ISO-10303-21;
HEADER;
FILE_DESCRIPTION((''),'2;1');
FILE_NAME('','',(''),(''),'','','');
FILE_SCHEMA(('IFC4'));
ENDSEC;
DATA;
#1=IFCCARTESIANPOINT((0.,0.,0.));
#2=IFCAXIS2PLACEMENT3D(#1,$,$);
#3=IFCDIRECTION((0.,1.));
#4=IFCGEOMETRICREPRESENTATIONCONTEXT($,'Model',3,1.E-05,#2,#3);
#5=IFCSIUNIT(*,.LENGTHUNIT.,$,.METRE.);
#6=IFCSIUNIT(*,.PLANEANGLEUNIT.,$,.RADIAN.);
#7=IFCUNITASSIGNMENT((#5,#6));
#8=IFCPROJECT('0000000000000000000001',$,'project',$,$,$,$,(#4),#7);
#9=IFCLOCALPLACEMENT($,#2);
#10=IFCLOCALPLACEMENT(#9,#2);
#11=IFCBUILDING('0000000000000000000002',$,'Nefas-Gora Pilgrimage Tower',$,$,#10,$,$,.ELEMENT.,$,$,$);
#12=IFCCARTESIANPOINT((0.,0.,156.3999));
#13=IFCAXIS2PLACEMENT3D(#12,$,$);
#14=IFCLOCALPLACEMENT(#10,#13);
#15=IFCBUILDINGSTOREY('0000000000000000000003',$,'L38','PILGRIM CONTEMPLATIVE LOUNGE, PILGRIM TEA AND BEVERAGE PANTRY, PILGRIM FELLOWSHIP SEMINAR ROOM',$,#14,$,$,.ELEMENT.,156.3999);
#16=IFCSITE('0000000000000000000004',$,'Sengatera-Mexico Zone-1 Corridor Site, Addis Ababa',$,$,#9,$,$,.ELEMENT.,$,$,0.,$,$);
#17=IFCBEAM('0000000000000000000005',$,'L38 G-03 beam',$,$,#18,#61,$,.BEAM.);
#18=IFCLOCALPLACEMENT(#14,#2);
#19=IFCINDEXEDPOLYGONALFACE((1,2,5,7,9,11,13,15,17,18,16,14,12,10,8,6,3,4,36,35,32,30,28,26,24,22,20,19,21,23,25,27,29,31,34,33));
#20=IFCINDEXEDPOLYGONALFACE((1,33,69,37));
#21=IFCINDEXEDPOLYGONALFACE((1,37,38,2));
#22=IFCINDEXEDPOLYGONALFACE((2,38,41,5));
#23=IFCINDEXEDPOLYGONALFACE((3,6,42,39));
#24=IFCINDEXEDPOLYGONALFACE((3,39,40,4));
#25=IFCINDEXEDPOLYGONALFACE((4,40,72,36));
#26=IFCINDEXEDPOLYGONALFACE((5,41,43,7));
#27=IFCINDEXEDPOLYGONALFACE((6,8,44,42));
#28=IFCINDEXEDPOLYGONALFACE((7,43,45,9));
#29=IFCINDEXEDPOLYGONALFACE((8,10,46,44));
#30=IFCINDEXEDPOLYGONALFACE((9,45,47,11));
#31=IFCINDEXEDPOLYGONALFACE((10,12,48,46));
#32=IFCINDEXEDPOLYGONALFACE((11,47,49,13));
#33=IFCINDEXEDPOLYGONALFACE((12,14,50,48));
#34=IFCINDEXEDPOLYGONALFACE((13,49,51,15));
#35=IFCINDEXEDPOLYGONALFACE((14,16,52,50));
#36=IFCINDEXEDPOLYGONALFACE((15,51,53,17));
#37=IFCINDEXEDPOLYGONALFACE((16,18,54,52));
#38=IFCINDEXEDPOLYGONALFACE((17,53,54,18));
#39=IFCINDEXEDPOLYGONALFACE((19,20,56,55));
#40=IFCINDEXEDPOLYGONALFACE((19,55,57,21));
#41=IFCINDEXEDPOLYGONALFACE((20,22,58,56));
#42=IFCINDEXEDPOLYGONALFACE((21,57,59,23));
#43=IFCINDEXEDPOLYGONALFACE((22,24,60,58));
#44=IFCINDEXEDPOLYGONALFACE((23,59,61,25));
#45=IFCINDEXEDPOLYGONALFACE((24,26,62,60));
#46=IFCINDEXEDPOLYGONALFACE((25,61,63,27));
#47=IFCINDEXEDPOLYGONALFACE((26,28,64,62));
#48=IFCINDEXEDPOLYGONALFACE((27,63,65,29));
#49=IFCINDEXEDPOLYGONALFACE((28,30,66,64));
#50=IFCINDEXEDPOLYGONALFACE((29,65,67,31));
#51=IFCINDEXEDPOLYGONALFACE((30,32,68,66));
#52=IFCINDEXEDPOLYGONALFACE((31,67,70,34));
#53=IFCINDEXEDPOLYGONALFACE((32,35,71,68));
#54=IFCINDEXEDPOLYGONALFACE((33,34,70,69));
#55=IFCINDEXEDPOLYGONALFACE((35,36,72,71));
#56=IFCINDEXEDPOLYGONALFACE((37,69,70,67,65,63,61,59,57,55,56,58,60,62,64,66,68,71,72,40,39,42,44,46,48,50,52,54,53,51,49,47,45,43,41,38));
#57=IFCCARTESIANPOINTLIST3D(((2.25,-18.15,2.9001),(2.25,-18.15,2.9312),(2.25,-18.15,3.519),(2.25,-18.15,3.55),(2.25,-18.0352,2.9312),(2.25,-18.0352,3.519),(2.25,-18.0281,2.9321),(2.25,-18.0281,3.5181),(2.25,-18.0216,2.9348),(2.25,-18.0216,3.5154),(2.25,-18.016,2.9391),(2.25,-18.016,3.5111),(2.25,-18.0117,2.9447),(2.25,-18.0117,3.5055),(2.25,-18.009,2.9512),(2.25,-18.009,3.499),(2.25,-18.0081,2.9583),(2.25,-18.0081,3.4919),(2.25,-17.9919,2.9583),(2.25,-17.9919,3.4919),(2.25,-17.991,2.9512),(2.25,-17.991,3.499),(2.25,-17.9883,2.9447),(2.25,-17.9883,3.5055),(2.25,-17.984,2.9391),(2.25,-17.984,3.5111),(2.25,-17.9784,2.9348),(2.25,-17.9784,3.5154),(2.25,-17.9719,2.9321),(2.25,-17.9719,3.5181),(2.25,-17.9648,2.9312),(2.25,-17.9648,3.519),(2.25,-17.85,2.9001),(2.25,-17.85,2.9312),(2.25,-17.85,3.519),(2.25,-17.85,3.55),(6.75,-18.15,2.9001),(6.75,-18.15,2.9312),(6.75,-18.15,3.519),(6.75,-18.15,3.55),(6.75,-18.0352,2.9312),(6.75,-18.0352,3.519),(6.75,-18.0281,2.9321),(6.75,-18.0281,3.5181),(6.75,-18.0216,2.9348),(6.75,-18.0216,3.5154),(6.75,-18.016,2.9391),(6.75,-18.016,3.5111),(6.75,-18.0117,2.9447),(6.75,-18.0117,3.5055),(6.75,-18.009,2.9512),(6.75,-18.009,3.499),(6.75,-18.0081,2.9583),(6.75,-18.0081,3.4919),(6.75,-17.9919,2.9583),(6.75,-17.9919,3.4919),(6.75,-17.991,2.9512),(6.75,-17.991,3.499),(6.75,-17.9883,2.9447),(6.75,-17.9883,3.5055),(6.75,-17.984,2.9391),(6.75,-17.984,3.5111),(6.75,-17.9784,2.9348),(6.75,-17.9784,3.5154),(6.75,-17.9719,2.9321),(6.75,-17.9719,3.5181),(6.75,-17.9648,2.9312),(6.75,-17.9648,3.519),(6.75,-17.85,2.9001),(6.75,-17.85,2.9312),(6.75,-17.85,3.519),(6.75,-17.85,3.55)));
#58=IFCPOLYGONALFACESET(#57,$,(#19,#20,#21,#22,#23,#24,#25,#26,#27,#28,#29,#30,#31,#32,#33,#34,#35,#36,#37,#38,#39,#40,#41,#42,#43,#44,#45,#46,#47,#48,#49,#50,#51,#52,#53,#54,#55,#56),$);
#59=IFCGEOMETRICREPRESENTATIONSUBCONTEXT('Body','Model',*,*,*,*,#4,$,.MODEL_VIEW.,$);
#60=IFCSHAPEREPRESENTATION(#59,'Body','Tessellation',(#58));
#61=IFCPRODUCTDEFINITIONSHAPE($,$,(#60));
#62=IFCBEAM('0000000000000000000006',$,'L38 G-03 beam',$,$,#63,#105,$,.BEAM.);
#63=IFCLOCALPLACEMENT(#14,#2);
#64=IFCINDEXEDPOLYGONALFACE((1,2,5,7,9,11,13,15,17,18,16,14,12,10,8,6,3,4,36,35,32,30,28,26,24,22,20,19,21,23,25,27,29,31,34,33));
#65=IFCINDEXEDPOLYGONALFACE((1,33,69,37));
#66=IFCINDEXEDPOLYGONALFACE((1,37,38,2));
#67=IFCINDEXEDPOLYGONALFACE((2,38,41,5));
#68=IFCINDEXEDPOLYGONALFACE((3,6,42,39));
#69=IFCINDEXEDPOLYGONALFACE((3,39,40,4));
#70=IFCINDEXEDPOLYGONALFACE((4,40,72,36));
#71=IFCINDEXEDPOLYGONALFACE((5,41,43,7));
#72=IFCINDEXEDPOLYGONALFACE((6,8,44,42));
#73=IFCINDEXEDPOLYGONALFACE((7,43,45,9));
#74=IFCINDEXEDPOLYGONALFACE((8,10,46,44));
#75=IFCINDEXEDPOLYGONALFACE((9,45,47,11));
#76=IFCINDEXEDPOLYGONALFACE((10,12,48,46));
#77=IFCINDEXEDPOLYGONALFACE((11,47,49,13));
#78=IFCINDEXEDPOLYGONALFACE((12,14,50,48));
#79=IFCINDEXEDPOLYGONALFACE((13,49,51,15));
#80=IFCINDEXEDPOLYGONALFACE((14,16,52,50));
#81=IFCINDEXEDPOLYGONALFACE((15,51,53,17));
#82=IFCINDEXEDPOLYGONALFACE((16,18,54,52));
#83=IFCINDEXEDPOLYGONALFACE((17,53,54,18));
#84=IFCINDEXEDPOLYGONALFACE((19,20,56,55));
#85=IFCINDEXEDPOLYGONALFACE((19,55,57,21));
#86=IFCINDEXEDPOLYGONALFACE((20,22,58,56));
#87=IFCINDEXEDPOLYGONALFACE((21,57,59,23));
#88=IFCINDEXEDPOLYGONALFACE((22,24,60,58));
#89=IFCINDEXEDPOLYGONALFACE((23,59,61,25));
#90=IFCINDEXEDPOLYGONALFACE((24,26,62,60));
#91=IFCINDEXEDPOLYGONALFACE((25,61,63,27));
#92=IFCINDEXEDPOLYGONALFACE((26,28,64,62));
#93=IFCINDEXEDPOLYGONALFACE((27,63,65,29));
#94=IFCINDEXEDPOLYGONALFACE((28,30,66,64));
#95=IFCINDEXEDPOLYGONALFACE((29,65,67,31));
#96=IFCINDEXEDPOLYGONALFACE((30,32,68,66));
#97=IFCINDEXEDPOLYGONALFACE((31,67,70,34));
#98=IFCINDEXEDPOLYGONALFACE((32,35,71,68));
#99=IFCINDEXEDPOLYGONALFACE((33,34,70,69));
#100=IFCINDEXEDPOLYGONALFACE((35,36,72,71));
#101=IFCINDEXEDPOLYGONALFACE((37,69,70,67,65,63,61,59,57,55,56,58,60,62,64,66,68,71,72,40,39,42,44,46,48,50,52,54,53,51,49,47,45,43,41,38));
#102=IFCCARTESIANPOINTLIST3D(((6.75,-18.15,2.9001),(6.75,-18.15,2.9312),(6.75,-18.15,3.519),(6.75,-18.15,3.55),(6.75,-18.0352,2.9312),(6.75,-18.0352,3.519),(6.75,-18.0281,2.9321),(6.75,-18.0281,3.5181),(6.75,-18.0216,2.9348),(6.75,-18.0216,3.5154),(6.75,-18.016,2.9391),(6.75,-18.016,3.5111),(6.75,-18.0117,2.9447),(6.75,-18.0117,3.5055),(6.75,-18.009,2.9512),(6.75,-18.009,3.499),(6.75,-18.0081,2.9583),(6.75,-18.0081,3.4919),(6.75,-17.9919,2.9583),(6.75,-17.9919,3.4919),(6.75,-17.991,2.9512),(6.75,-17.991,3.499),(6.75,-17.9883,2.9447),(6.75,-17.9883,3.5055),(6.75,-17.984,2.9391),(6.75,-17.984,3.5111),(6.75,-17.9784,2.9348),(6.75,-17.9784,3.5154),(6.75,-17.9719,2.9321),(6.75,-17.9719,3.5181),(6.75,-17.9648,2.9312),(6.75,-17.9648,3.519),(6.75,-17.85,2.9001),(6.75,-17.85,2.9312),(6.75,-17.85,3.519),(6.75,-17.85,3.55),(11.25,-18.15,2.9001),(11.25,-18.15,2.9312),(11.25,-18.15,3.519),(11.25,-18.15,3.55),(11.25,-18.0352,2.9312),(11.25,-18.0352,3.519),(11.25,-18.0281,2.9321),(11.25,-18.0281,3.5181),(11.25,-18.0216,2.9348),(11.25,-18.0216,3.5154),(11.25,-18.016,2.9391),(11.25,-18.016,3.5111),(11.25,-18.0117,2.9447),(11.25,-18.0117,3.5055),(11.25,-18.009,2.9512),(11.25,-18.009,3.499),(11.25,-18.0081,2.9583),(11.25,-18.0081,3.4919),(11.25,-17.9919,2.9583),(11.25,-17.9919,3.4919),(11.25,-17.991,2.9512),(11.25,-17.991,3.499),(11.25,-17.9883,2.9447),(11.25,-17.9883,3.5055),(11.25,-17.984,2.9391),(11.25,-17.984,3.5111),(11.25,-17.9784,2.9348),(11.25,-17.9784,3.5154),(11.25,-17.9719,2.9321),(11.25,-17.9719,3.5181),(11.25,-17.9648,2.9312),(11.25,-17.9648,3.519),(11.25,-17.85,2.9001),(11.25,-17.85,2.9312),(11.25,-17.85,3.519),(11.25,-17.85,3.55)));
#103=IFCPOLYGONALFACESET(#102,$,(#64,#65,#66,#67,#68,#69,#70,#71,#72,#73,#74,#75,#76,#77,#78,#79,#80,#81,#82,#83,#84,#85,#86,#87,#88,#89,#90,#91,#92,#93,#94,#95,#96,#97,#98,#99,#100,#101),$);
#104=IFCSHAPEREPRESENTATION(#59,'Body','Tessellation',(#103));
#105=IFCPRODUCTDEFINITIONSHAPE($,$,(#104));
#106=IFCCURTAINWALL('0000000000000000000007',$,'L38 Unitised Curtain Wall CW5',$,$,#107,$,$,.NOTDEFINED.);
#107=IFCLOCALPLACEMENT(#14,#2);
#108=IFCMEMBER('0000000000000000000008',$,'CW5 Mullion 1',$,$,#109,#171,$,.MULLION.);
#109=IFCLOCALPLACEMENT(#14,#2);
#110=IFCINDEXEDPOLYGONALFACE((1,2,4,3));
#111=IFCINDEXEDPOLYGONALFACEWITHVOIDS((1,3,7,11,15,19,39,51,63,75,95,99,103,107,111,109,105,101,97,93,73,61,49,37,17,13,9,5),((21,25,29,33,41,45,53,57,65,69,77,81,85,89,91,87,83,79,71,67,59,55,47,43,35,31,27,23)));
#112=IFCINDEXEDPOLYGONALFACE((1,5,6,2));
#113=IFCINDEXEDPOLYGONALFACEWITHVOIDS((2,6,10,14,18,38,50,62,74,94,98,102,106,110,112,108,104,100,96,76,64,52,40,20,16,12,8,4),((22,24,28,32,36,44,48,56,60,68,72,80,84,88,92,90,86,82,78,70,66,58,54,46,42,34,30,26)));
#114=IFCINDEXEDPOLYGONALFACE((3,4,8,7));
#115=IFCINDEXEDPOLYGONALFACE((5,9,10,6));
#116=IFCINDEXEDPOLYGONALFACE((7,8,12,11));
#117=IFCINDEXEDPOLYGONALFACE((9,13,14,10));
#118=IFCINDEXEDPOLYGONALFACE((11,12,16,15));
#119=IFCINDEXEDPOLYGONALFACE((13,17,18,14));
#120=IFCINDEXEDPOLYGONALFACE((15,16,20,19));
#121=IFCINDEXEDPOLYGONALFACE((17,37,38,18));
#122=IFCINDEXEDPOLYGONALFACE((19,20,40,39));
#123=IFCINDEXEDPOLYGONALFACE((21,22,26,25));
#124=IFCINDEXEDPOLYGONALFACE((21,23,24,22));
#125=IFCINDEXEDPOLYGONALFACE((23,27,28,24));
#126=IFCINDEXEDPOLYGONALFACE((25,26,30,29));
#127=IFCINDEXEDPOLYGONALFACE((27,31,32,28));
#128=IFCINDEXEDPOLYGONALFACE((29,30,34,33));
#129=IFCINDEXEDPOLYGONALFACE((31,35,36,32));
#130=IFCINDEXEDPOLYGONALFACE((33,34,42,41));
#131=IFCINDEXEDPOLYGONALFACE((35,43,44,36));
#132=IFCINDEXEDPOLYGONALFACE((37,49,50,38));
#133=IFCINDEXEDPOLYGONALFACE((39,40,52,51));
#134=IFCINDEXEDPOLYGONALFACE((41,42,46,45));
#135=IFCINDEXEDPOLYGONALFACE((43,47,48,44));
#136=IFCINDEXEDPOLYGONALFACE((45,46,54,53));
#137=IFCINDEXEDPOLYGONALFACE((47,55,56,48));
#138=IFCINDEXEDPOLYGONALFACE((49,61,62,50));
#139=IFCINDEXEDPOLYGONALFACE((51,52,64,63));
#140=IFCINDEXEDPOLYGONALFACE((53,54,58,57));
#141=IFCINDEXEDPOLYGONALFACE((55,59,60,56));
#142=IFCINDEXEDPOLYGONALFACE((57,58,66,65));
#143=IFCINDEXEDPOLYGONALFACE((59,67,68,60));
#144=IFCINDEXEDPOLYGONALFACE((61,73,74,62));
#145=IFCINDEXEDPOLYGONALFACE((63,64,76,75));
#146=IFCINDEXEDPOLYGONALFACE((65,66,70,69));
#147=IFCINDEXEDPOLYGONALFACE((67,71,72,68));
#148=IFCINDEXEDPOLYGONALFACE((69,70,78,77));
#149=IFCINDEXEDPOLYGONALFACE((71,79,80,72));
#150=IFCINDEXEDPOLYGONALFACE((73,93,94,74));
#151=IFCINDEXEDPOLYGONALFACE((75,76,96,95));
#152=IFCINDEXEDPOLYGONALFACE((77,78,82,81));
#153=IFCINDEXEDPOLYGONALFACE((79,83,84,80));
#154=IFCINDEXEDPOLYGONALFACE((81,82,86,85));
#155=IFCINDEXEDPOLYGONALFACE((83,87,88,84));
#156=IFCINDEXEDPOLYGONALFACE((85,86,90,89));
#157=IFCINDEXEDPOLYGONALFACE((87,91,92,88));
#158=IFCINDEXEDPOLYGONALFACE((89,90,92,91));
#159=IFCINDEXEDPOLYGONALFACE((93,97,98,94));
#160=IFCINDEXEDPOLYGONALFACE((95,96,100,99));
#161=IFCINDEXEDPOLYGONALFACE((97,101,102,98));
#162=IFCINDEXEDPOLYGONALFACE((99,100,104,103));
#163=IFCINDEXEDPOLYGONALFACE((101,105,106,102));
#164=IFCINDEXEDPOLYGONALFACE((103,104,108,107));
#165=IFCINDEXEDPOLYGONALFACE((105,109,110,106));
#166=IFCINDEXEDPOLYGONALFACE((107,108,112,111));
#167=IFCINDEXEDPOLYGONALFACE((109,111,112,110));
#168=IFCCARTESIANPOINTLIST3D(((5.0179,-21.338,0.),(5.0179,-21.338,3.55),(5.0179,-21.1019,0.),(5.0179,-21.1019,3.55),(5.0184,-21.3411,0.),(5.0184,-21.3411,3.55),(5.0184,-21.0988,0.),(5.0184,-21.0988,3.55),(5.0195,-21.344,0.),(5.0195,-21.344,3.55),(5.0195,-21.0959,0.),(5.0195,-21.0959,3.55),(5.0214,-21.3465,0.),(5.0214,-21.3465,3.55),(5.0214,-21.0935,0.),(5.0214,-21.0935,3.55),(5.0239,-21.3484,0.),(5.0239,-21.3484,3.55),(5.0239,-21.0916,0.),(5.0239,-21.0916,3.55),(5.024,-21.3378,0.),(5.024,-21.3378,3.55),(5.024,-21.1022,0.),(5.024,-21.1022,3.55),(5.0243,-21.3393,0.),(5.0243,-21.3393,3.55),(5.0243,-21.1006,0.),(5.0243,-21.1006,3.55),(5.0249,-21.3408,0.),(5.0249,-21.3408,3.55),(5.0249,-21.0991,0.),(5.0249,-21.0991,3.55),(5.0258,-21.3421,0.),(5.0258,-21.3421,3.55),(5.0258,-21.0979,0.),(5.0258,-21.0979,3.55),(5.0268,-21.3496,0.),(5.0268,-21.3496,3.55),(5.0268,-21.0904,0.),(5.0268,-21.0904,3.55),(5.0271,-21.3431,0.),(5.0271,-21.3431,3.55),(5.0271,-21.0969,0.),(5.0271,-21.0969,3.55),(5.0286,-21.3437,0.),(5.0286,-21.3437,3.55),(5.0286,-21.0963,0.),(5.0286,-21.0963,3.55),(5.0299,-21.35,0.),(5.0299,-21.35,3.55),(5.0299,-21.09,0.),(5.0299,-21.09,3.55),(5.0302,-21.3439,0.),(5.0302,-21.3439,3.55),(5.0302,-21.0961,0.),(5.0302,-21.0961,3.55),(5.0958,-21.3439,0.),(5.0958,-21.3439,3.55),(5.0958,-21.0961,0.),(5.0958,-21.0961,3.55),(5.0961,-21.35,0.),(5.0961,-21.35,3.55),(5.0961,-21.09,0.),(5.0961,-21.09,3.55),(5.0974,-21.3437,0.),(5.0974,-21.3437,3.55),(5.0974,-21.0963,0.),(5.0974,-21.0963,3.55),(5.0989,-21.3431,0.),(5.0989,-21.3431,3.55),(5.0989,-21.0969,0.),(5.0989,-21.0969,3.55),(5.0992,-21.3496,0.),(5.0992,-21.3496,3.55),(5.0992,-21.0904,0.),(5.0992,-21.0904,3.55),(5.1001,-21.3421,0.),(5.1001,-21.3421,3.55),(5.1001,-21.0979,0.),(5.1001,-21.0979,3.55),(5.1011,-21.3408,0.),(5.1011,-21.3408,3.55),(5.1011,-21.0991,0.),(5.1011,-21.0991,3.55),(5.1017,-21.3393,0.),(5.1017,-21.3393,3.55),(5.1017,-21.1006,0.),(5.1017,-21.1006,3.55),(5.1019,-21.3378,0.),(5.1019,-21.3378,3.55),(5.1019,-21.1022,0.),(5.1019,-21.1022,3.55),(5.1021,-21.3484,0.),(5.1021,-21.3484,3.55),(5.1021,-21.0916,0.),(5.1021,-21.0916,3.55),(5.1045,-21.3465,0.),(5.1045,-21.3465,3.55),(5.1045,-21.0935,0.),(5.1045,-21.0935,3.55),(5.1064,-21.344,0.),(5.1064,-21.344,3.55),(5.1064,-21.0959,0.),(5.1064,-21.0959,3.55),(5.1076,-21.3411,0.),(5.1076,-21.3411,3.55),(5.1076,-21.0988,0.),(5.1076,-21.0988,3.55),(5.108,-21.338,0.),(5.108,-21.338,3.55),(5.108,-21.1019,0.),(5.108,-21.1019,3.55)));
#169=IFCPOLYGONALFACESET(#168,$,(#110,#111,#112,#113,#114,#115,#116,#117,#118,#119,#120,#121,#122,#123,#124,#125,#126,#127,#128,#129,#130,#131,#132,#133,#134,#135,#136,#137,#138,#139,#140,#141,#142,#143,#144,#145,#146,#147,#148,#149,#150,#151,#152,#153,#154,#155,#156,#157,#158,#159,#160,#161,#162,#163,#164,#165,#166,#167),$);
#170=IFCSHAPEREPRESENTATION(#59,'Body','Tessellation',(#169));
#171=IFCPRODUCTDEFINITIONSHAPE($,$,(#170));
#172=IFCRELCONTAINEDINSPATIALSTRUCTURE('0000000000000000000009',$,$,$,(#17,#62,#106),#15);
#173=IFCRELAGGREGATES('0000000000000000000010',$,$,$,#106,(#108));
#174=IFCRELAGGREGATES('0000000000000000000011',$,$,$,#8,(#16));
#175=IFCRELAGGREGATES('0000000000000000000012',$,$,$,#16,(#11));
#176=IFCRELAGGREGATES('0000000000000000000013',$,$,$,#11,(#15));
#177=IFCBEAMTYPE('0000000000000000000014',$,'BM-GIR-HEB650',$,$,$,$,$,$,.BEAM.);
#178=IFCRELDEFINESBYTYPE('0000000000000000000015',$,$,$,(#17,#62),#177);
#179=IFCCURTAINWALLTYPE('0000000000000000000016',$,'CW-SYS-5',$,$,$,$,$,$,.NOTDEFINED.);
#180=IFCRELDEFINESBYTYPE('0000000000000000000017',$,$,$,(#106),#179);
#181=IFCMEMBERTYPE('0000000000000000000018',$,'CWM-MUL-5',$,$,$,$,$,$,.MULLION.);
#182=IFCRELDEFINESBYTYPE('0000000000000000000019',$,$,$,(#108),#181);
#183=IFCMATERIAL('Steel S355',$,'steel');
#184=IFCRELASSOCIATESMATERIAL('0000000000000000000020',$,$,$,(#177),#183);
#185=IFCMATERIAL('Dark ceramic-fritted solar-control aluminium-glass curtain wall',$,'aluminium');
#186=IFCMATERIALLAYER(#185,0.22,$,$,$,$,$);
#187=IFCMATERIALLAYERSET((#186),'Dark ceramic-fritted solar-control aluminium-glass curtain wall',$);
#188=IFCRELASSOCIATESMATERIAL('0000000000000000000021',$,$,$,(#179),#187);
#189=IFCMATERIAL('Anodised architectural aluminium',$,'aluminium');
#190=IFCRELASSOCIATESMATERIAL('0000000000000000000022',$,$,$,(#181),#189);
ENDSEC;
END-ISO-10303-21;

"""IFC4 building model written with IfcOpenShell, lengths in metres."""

from ifc_helpers import new_model, si_unit, direction, frame, origin, origin_2d, place, context, subcontext, project, spatial, hollow_rectangle, i_section, extrude, source, transform, mapped, material, layer, layer_set, material_profile, profile_set, type_object, element, aggregate, save


model = new_model("IFC4")

# Units and contexts
model_context = context("Model", 3, precision=1e-05, world=origin(), true_north=direction((0.0, 1.0)))
body_context = subcontext(model_context, "Body", "Model", "MODEL_VIEW")
ifc_project = project(units=[si_unit("LENGTHUNIT", "METRE"), si_unit("PLANEANGLEUNIT", "RADIAN")], contexts=[model_context])

# Site, building, storey
site_placement = place(None, origin())
site = spatial("IfcSite", under=ifc_project, at=site_placement, Name="Sengatera-Mexico Zone-1 Corridor Site, Addis Ababa", CompositionType="ELEMENT", RefElevation=0.0)
building_placement = place(site_placement, origin())
building = spatial("IfcBuilding", under=site, at=building_placement, Name="Nefas-Gora Pilgrimage Tower", CompositionType="ELEMENT")
storey_placement = place(building_placement, frame((0.0, 0.0, 156.3999)))
storey = spatial("IfcBuildingStorey", under=building, at=storey_placement, Name="L38", Description="PILGRIM CONTEMPLATIVE LOUNGE, PILGRIM TEA AND BEVERAGE PANTRY, PILGRIM FELLOWSHIP SEMINAR ROOM", CompositionType="ELEMENT", Elevation=156.3999)

# Beams
ifc_material_1 = material(Name="Steel S355", Category="steel")
ifc_material_profile_1 = material_profile(ifc_material_1, i_section(OverallWidth=0.3, OverallDepth=0.6499, WebThickness=0.0161, FlangeThickness=0.031, FilletRadius=0.0271, at=origin_2d()), Name="HEB 650")
ifc_profile_set_1 = profile_set([ifc_material_profile_1], Name="Steel S355")
beam_type = type_object("IfcBeamType", Name="BM-GIR-HEB650", PredefinedType="BEAM", material=ifc_profile_set_1)
shared_shape_1 = source(origin(), body_context, "Body", "SweptSolid", [
    extrude(i_section(OverallWidth=0.3, OverallDepth=0.6499, WebThickness=0.0161, FlangeThickness=0.031, FilletRadius=0.0271, at=origin_2d()), origin(), (0.0, 0.0, 1.0), 4.5),
])
for number, where, z_axis, x_axis, name in (
    (1, (2.25, -18.0, 3.2251), (1.0, 0.0, 0.0), (0.0, 1.0, 0.0), "L38 G-03 beam"),
    (2, (6.75, -18.0, 3.2251), (1.0, 0.0, 0.0), (0.0, 1.0, 0.0), "L38 G-03 beam"),
):
    element("IfcBeam", number, at=place(storey_placement, frame(where, z_axis=z_axis, x_axis=x_axis)), inside=storey, type_object=beam_type, Name=name, PredefinedType="BEAM", context=body_context, shape_type="MappedRepresentation", body=[
        mapped(shared_shape_1, transform((0.0, 0.0, 0.0), x_axis=(1.0, 0.0, 0.0), y_axis=(0.0, 1.0, 0.0), z_axis=(0.0, 0.0, 1.0), scale=1.0)),
    ])

# Curtain wall, member
ifc_material_2 = material(Name="Dark ceramic-fritted solar-control aluminium-glass curtain wall", Category="aluminium")
ifc_layer_1 = layer(ifc_material_2, 0.22)
ifc_layer_set_1 = layer_set([ifc_layer_1], Name="Dark ceramic-fritted solar-control aluminium-glass curtain wall")
curtain_wall_type = type_object("IfcCurtainWallType", Name="CW-SYS-5", PredefinedType="NOTDEFINED", material=ifc_layer_set_1)
curtain_wall_1_placement = place(storey_placement, origin())
curtain_wall_1 = element("IfcCurtainWall", 3, at=curtain_wall_1_placement, inside=storey, type_object=curtain_wall_type, Name="L38 Unitised Curtain Wall CW5", PredefinedType="NOTDEFINED")
ifc_material_3 = material(Name="Anodised architectural aluminium", Category="aluminium")
ifc_material_profile_2 = material_profile(ifc_material_3, hollow_rectangle(XDim=0.0901, YDim=0.26, WallThickness=0.0061, InnerFilletRadius=0.0061, OuterFilletRadius=0.012, at=origin_2d()), Name="ALU MULLION 90x260")
ifc_profile_set_2 = profile_set([ifc_material_profile_2], Name="Anodised architectural aluminium")
member_type_1 = type_object("IfcMemberType", Name="CWM-MUL-5", PredefinedType="MULLION", material=ifc_profile_set_2)
shared_shape_2 = source(origin(), body_context, "Body", "SweptSolid", [
    extrude(hollow_rectangle(XDim=0.0901, YDim=0.26, WallThickness=0.0061, InnerFilletRadius=0.0061, OuterFilletRadius=0.012, at=origin_2d()), origin(), (0.0, 0.0, 1.0), 3.55),
])
member_1_placement = place(storey_placement, frame((5.063, -21.22, 0.0), z_axis=(0.0, 0.0, 1.0), x_axis=(1.0, 0.0, 0.0)))
member_1 = element("IfcMember", 4, at=member_1_placement, type_object=member_type_1, Name="CW5 Mullion 1", PredefinedType="MULLION", context=body_context, shape_type="MappedRepresentation", body=[
    mapped(shared_shape_2, transform((0.0, 0.0, 0.0), x_axis=(1.0, 0.0, 0.0), y_axis=(0.0, 1.0, 0.0), z_axis=(0.0, 0.0, 1.0), scale=1.0)),
])

aggregate(curtain_wall_1, [member_1])

save(model, "model.ifc")
